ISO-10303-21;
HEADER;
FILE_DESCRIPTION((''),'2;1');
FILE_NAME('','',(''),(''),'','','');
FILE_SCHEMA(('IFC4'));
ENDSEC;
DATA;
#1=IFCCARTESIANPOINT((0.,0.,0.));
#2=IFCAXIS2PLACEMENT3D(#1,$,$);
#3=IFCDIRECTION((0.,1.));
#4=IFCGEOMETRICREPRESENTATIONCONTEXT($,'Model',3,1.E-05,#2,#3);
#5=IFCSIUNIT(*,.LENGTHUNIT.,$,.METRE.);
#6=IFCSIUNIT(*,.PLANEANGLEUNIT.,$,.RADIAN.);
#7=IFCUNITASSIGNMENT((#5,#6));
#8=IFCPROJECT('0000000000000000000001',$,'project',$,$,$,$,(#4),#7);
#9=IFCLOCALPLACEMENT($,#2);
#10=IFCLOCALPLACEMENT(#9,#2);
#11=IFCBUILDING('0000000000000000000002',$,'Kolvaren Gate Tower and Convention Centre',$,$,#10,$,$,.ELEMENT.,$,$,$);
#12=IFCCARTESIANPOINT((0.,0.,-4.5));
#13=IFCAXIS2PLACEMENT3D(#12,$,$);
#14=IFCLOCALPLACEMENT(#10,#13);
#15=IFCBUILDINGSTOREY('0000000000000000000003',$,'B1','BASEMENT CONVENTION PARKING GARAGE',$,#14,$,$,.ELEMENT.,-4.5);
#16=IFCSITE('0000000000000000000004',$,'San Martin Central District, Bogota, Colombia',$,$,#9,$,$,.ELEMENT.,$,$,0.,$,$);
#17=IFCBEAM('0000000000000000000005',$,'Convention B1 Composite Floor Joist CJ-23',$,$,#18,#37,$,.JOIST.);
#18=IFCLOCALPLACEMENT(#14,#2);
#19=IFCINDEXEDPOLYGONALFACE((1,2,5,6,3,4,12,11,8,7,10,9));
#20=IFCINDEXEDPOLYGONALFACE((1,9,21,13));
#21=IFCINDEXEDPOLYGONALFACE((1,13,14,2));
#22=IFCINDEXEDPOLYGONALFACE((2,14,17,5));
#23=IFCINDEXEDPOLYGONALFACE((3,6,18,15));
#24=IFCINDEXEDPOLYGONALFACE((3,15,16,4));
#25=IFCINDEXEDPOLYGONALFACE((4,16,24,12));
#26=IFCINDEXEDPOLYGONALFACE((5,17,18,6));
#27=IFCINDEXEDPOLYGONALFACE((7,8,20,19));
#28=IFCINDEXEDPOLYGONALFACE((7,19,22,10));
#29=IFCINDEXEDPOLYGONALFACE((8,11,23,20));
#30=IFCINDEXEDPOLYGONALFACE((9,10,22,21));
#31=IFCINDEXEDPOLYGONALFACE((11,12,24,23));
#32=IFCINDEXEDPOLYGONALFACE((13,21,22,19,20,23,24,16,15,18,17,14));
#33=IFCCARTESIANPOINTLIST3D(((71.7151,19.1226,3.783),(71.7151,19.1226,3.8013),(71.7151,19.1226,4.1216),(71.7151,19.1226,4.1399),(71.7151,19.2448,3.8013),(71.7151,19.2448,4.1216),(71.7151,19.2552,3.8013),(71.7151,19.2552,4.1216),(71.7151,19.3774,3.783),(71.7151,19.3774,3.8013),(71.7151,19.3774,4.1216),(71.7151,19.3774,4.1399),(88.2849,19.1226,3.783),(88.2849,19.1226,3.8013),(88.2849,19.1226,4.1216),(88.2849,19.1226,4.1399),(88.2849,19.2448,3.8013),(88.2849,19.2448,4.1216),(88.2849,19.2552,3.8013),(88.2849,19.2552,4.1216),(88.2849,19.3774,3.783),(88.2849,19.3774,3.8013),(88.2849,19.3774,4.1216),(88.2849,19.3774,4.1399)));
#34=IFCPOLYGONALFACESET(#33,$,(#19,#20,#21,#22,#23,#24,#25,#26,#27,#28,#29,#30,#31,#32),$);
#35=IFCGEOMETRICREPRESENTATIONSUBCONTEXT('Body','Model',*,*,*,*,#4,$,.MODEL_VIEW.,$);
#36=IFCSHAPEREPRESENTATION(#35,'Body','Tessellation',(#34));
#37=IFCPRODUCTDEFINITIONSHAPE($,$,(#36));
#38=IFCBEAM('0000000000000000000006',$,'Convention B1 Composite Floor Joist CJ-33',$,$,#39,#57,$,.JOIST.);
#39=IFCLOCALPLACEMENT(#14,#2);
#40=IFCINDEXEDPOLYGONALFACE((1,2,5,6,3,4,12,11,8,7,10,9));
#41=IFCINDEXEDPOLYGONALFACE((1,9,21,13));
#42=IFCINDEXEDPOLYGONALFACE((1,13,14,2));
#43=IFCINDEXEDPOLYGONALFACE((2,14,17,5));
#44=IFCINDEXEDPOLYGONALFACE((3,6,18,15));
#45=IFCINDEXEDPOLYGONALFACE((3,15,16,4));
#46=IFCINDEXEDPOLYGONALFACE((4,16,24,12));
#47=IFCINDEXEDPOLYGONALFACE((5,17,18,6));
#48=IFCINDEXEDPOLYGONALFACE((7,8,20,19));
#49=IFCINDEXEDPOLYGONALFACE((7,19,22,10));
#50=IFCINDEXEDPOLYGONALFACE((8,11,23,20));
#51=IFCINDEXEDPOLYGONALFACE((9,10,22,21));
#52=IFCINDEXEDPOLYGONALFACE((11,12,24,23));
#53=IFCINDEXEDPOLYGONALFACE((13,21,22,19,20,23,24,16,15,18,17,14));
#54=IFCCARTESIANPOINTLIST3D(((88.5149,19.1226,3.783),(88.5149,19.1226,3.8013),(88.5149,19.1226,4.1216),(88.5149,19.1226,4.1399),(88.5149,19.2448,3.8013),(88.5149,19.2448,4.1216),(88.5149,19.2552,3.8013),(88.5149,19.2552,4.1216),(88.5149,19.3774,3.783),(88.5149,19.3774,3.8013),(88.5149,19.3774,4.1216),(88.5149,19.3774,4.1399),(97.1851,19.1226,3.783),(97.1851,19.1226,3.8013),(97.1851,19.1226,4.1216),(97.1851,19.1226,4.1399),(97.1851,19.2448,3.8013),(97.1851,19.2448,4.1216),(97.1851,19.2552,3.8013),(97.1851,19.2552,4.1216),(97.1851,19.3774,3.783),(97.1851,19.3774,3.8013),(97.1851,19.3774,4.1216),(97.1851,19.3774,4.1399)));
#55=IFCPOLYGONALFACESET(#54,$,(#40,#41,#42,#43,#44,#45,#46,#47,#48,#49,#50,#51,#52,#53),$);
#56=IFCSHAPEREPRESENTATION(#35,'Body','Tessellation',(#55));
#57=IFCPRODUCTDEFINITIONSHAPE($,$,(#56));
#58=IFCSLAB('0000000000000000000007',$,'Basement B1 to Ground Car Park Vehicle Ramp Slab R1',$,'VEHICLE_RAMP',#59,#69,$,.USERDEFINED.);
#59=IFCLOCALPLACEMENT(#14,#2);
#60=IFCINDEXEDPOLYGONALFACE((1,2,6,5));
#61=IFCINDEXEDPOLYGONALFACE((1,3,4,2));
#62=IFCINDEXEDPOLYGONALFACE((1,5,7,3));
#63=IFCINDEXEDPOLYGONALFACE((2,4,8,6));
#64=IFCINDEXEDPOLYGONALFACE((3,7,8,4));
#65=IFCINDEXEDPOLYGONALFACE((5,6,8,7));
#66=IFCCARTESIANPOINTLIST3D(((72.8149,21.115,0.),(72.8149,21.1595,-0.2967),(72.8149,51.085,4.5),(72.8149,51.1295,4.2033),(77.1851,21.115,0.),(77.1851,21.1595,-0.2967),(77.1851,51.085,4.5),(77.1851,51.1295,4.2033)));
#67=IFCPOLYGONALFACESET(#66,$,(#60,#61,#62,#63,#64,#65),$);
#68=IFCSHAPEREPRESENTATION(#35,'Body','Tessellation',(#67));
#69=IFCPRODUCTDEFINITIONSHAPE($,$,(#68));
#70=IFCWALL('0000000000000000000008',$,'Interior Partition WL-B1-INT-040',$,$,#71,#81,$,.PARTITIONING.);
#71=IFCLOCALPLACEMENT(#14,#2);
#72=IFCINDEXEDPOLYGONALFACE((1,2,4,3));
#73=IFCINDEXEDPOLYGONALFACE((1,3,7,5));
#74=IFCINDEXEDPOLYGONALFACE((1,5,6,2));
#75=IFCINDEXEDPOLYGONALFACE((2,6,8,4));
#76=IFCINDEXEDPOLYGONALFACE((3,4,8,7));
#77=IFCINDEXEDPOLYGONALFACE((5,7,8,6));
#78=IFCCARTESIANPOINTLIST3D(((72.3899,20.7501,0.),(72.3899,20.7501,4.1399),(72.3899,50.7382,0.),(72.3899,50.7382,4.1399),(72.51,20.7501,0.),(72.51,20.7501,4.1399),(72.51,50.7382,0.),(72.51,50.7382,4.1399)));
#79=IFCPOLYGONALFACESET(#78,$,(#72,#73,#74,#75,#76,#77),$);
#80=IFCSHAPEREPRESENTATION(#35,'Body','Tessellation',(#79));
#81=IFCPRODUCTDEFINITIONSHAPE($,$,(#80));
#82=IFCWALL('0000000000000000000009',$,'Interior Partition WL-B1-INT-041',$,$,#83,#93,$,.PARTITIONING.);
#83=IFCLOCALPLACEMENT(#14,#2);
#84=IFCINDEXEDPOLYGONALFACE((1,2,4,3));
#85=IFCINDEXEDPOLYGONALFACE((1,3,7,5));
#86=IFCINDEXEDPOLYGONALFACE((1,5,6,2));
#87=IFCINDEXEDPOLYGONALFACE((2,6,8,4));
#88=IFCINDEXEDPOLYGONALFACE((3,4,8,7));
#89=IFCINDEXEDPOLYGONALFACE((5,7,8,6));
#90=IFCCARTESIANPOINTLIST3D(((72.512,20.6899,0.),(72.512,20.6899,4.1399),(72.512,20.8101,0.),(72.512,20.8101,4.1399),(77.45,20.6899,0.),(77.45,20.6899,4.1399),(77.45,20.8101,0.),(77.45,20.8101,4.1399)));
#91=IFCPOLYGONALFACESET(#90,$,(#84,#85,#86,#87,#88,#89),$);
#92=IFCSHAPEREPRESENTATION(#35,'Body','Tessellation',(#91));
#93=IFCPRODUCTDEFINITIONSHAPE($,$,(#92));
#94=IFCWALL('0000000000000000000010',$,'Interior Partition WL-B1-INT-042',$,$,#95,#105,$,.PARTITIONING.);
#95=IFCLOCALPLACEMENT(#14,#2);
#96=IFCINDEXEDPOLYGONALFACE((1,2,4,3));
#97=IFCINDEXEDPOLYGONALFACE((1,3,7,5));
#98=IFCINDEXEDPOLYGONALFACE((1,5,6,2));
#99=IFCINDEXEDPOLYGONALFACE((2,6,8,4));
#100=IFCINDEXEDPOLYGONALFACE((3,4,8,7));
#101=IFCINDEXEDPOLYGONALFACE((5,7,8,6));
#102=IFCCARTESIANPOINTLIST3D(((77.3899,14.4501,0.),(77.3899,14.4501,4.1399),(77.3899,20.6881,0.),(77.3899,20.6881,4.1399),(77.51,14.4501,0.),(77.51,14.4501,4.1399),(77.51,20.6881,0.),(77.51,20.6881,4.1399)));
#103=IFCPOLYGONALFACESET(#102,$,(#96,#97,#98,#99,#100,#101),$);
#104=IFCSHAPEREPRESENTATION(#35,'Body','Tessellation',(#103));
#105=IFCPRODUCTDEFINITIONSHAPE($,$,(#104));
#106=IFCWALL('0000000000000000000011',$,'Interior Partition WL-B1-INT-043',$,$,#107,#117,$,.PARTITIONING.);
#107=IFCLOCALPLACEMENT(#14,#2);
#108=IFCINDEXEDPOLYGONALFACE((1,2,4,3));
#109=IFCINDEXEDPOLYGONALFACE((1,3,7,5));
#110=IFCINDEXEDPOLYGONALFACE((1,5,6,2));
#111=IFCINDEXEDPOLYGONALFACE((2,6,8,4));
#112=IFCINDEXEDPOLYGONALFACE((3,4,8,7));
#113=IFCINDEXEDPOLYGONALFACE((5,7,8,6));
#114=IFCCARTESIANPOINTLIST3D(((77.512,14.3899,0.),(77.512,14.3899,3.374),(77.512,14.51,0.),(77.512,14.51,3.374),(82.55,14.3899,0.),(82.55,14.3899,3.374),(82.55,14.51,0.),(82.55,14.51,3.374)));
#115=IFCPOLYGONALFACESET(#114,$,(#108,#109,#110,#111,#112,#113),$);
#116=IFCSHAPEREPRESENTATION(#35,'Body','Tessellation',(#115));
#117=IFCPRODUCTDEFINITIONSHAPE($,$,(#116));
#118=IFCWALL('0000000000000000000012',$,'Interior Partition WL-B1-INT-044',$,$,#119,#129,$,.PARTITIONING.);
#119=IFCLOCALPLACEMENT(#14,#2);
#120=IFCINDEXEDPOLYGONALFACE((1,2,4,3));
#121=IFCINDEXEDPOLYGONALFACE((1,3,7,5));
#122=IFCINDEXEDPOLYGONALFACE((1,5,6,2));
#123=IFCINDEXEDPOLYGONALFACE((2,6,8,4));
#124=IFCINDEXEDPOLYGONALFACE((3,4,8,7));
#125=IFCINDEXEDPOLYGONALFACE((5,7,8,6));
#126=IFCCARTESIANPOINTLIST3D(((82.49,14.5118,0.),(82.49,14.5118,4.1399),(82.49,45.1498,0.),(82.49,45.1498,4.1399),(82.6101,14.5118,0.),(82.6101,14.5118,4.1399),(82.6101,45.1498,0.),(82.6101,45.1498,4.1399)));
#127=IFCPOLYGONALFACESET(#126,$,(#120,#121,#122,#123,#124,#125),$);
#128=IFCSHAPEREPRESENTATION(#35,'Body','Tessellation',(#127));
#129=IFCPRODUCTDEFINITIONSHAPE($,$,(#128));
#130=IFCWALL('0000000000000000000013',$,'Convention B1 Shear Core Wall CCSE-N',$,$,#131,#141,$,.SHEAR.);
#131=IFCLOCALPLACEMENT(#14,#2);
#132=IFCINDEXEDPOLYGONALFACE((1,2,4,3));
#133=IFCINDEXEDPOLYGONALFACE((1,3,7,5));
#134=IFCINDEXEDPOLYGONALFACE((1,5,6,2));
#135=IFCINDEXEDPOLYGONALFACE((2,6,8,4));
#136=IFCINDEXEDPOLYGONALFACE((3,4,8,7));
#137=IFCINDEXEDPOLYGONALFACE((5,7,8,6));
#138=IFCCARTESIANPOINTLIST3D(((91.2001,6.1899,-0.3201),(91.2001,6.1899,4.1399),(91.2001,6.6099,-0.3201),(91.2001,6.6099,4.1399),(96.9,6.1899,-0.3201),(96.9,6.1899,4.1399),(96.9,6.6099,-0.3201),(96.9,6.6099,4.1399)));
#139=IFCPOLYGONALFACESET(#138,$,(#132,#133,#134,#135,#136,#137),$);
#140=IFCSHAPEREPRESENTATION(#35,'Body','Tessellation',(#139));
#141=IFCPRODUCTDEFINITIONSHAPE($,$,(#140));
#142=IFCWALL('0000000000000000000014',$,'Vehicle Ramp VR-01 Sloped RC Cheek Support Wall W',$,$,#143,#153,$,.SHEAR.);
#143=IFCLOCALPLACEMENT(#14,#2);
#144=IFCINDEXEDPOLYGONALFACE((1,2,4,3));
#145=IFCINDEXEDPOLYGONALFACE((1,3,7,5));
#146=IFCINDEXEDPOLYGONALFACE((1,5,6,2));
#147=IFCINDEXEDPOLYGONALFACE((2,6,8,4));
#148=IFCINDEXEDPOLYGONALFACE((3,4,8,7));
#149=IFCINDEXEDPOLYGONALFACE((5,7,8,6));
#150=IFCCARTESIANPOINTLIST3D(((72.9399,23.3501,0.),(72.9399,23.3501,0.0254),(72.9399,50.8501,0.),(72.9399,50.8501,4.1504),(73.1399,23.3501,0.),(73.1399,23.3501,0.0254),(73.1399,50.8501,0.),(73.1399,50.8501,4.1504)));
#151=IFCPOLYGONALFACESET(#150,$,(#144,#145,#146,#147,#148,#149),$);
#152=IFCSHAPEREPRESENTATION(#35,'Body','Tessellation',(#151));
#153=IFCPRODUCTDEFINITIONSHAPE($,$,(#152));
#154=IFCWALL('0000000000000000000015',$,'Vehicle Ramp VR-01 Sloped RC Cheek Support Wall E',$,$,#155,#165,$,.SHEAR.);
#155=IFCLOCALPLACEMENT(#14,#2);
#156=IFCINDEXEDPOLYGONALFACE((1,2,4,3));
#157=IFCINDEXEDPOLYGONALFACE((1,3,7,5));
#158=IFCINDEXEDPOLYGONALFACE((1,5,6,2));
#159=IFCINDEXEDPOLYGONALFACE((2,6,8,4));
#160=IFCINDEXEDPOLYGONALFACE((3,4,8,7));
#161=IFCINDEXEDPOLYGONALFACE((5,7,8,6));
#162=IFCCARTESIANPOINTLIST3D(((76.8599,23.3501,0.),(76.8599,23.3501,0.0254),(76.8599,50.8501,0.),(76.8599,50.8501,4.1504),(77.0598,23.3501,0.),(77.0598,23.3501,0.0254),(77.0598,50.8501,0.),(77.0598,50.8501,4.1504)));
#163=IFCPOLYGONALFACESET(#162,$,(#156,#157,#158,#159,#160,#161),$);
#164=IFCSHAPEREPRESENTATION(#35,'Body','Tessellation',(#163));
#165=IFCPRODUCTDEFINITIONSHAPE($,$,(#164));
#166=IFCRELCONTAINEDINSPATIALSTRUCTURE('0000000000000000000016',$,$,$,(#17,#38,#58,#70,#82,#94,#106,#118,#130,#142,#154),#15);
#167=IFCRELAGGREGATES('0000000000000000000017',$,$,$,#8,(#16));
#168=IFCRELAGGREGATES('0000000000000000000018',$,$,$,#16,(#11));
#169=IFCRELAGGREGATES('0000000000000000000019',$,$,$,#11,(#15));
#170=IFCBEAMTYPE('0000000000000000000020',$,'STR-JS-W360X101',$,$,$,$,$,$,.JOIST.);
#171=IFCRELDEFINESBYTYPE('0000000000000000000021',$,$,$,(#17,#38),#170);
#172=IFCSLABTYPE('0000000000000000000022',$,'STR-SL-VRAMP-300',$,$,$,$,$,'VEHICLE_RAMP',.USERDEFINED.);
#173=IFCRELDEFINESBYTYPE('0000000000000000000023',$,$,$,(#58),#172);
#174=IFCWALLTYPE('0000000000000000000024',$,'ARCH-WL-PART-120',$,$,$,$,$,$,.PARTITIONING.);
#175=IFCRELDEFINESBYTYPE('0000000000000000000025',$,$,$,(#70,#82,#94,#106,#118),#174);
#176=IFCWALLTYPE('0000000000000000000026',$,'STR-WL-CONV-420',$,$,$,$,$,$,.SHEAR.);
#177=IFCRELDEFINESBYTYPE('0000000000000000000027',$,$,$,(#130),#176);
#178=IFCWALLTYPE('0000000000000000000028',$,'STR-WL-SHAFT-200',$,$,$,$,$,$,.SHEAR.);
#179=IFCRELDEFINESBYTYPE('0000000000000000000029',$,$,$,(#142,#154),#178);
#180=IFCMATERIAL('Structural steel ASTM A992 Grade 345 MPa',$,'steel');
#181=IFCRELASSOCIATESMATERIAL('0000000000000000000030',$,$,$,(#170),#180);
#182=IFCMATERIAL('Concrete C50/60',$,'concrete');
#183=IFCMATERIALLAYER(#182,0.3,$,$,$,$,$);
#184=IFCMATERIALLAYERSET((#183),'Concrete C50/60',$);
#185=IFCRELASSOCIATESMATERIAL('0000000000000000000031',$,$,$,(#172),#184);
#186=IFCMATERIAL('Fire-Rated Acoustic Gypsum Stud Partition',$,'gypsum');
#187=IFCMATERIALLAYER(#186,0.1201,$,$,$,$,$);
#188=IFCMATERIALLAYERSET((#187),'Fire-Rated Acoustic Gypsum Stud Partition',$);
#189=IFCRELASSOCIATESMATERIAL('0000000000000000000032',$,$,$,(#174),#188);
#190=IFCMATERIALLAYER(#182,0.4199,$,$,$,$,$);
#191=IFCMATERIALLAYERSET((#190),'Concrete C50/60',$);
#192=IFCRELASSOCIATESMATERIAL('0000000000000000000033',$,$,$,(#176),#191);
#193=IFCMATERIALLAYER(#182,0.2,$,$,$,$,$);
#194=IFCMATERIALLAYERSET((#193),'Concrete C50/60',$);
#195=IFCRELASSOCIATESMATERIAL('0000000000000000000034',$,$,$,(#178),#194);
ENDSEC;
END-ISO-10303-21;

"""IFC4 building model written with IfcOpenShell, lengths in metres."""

from ifc_helpers import new_model, si_unit, direction, frame, frame_2d, origin, origin_2d, place, context, subcontext, project, spatial, polyline, rectangle, i_section, outline, extrude, material, layer, layer_set, material_profile, profile_set, type_object, element, save


model = new_model("IFC4")

# Units and contexts
model_context = context("Model", 3, precision=1e-05, world=origin(), true_north=direction((0.0, 1.0)))
body_context = subcontext(model_context, "Body", "Model", "MODEL_VIEW")
ifc_project = project(units=[si_unit("LENGTHUNIT", "METRE"), si_unit("PLANEANGLEUNIT", "RADIAN")], contexts=[model_context])

# Site, building, storey
site_placement = place(None, origin())
site = spatial("IfcSite", under=ifc_project, at=site_placement, Name="San Martin Central District, Bogota, Colombia", CompositionType="ELEMENT", RefElevation=0.0)
building_placement = place(site_placement, origin())
building = spatial("IfcBuilding", under=site, at=building_placement, Name="Kolvaren Gate Tower and Convention Centre", CompositionType="ELEMENT")
storey_placement = place(building_placement, frame((0.0, 0.0, -4.5)))
storey = spatial("IfcBuildingStorey", under=building, at=storey_placement, Name="B1", Description="BASEMENT CONVENTION PARKING GARAGE", CompositionType="ELEMENT", Elevation=-4.5)

# Beams
ifc_material_1 = material(Name="Structural steel ASTM A992 Grade 345 MPa", Category="steel")
ifc_material_profile_1 = material_profile(ifc_material_1, i_section(OverallWidth=0.2549, OverallDepth=0.3569, WebThickness=0.0105, FlangeThickness=0.0183, at=origin_2d()), Name="W360X101")
ifc_profile_set_1 = profile_set([ifc_material_profile_1], Name="Structural steel ASTM A992 Grade 345 MPa")
beam_type_1 = type_object("IfcBeamType", Name="STR-JS-W360X101", PredefinedType="JOIST", material=ifc_profile_set_1)
beam_1_placement = place(storey_placement, frame((71.7151, 19.25, 3.9614), z_axis=(1.0, 0.0, 0.0), x_axis=(0.0, 1.0, 0.0)))
element("IfcBeam", 1, at=beam_1_placement, inside=storey, type_object=beam_type_1, Name="Convention B1 Composite Floor Joist CJ-23", PredefinedType="JOIST", context=body_context, shape_type="SweptSolid", body=[
    extrude(i_section(OverallWidth=0.2549, OverallDepth=0.3569, WebThickness=0.0105, FlangeThickness=0.0183, at=origin_2d()), origin(), (0.0, 0.0, 1.0), 16.5698),
])
beam_2_placement = place(storey_placement, frame((88.5149, 19.25, 3.9614), z_axis=(1.0, 0.0, 0.0), x_axis=(0.0, 1.0, 0.0)))
element("IfcBeam", 2, at=beam_2_placement, inside=storey, type_object=beam_type_1, Name="Convention B1 Composite Floor Joist CJ-33", PredefinedType="JOIST", context=body_context, shape_type="SweptSolid", body=[
    extrude(i_section(OverallWidth=0.2549, OverallDepth=0.3569, WebThickness=0.0105, FlangeThickness=0.0183, at=origin_2d()), origin(), (0.0, 0.0, 1.0), 8.6702),
])

# Slab
ifc_material_2 = material(Name="Concrete C50/60", Category="concrete")
ifc_layer_1 = layer(ifc_material_2, 0.3)
ifc_layer_set_1 = layer_set([ifc_layer_1], Name="Concrete C50/60")
slab_type = type_object("IfcSlabType", Name="STR-SL-VRAMP-300", ElementType="VEHICLE_RAMP", PredefinedType="USERDEFINED", material=ifc_layer_set_1)
slab_placement = place(storey_placement, frame((72.8149, 21.115, 0.0), z_axis=(0.0, -0.148486, 0.988915), x_axis=(1.0, 0.0, 0.0)))
element("IfcSlab", 3, at=slab_placement, inside=storey, type_object=slab_type, Name="Basement B1 to Ground Car Park Vehicle Ramp Slab R1", ObjectType="VEHICLE_RAMP", PredefinedType="USERDEFINED", context=body_context, shape_type="SweptSolid", body=[
    extrude(outline(polyline([(0.0, 0.0), (4.3701, 0.0), (4.3701, 30.3059), (0.0, 30.3059), (0.0, 0.0)])), origin(), (0.0, 0.0, -1.0), 0.3),
])

# Walls
ifc_material_3 = material(Name="Fire-Rated Acoustic Gypsum Stud Partition", Category="gypsum")
ifc_layer_2 = layer(ifc_material_3, 0.1201)
ifc_layer_set_2 = layer_set([ifc_layer_2], Name="Fire-Rated Acoustic Gypsum Stud Partition")
wall_type_1 = type_object("IfcWallType", Name="ARCH-WL-PART-120", PredefinedType="PARTITIONING", material=ifc_layer_set_2)
wall_1_placement = place(storey_placement, frame((72.45, 20.75, 0.0), z_axis=(0.0, 0.0, 1.0), x_axis=(0.0, 1.0, 0.0)))
element("IfcWall", 4, at=wall_1_placement, inside=storey, type_object=wall_type_1, Name="Interior Partition WL-B1-INT-040", PredefinedType="PARTITIONING", context=body_context, shape_type="SweptSolid", body=[
    extrude(rectangle(XDim=29.988, YDim=0.1201, at=frame_2d((14.9941, 0.0))), origin(), (0.0, 0.0, 1.0), 4.1399),
])
wall_2_placement = place(storey_placement, frame((72.512, 20.75, 0.0), z_axis=(0.0, 0.0, 1.0), x_axis=(1.0, 0.0, 0.0)))
element("IfcWall", 5, at=wall_2_placement, inside=storey, type_object=wall_type_1, Name="Interior Partition WL-B1-INT-041", PredefinedType="PARTITIONING", context=body_context, shape_type="SweptSolid", body=[
    extrude(rectangle(XDim=4.938, YDim=0.1201, at=frame_2d((2.469, 0.0))), origin(), (0.0, 0.0, 1.0), 4.1399),
])
wall_3_placement = place(storey_placement, frame((77.45, 14.45, 0.0), z_axis=(0.0, 0.0, 1.0), x_axis=(0.0, 1.0, 0.0)))
element("IfcWall", 6, at=wall_3_placement, inside=storey, type_object=wall_type_1, Name="Interior Partition WL-B1-INT-042", PredefinedType="PARTITIONING", context=body_context, shape_type="SweptSolid", body=[
    extrude(rectangle(XDim=6.238, YDim=0.1201, at=frame_2d((3.1191, 0.0))), origin(), (0.0, 0.0, 1.0), 4.1399),
])
wall_4_placement = place(storey_placement, frame((77.512, 14.45, 0.0), z_axis=(0.0, 0.0, 1.0), x_axis=(1.0, 0.0, 0.0)))
element("IfcWall", 7, at=wall_4_placement, inside=storey, type_object=wall_type_1, Name="Interior Partition WL-B1-INT-043", PredefinedType="PARTITIONING", context=body_context, shape_type="SweptSolid", body=[
    extrude(rectangle(XDim=5.0381, YDim=0.1201, at=frame_2d((2.519, 0.0))), origin(), (0.0, 0.0, 1.0), 3.374),
])
wall_5_placement = place(storey_placement, frame((82.55, 14.512, 0.0), z_axis=(0.0, 0.0, 1.0), x_axis=(0.0, 1.0, 0.0)))
element("IfcWall", 8, at=wall_5_placement, inside=storey, type_object=wall_type_1, Name="Interior Partition WL-B1-INT-044", PredefinedType="PARTITIONING", context=body_context, shape_type="SweptSolid", body=[
    extrude(rectangle(XDim=30.6379, YDim=0.1201, at=frame_2d((15.3188, 0.0))), origin(), (0.0, 0.0, 1.0), 4.1399),
])
ifc_layer_3 = layer(ifc_material_2, 0.4199)
ifc_layer_set_3 = layer_set([ifc_layer_3], Name="Concrete C50/60")
wall_type_2 = type_object("IfcWallType", Name="STR-WL-CONV-420", PredefinedType="SHEAR", material=ifc_layer_set_3)
wall_6_placement = place(storey_placement, frame((91.2, 6.3999, -0.3201), z_axis=(0.0, 0.0, 1.0), x_axis=(1.0, 0.0, 0.0)))
element("IfcWall", 9, at=wall_6_placement, inside=storey, type_object=wall_type_2, Name="Convention B1 Shear Core Wall CCSE-N", PredefinedType="SHEAR", context=body_context, shape_type="SweptSolid", body=[
    extrude(rectangle(XDim=5.7, YDim=0.4199, at=frame_2d((2.8501, 0.0))), origin(), (0.0, 0.0, 1.0), 4.46),
])
ifc_layer_4 = layer(ifc_material_2, 0.2)
ifc_layer_set_4 = layer_set([ifc_layer_4], Name="Concrete C50/60")
wall_type_3 = type_object("IfcWallType", Name="STR-WL-SHAFT-200", PredefinedType="SHEAR", material=ifc_layer_set_4)
for number, where, z_axis, x_axis, name in (
    (10, (73.04, 23.3501, 0.0), (0.0, 0.0, 1.0), (0.0, 1.0, 0.0), "Vehicle Ramp VR-01 Sloped RC Cheek Support Wall W"),
    (11, (76.96, 23.3501, 0.0), (0.0, 0.0, 1.0), (0.0, 1.0, 0.0), "Vehicle Ramp VR-01 Sloped RC Cheek Support Wall E"),
):
    element("IfcWall", number, at=place(storey_placement, frame(where, z_axis=z_axis, x_axis=x_axis)), inside=storey, type_object=wall_type_3, Name=name, PredefinedType="SHEAR", context=body_context, shape_type="SweptSolid", body=[
        extrude(outline(polyline([(0.0, 0.0), (27.5, 0.0), (27.5, 4.1504), (0.0, 0.0254), (0.0, 0.0)])), frame((0.0, 0.1001, 0.0), z_axis=(0.0, -1.0, 0.0), x_axis=(1.0, 0.0, 0.0)), (0.0, 0.0, 1.0), 0.2),
    ])

save(model, "model.ifc")
